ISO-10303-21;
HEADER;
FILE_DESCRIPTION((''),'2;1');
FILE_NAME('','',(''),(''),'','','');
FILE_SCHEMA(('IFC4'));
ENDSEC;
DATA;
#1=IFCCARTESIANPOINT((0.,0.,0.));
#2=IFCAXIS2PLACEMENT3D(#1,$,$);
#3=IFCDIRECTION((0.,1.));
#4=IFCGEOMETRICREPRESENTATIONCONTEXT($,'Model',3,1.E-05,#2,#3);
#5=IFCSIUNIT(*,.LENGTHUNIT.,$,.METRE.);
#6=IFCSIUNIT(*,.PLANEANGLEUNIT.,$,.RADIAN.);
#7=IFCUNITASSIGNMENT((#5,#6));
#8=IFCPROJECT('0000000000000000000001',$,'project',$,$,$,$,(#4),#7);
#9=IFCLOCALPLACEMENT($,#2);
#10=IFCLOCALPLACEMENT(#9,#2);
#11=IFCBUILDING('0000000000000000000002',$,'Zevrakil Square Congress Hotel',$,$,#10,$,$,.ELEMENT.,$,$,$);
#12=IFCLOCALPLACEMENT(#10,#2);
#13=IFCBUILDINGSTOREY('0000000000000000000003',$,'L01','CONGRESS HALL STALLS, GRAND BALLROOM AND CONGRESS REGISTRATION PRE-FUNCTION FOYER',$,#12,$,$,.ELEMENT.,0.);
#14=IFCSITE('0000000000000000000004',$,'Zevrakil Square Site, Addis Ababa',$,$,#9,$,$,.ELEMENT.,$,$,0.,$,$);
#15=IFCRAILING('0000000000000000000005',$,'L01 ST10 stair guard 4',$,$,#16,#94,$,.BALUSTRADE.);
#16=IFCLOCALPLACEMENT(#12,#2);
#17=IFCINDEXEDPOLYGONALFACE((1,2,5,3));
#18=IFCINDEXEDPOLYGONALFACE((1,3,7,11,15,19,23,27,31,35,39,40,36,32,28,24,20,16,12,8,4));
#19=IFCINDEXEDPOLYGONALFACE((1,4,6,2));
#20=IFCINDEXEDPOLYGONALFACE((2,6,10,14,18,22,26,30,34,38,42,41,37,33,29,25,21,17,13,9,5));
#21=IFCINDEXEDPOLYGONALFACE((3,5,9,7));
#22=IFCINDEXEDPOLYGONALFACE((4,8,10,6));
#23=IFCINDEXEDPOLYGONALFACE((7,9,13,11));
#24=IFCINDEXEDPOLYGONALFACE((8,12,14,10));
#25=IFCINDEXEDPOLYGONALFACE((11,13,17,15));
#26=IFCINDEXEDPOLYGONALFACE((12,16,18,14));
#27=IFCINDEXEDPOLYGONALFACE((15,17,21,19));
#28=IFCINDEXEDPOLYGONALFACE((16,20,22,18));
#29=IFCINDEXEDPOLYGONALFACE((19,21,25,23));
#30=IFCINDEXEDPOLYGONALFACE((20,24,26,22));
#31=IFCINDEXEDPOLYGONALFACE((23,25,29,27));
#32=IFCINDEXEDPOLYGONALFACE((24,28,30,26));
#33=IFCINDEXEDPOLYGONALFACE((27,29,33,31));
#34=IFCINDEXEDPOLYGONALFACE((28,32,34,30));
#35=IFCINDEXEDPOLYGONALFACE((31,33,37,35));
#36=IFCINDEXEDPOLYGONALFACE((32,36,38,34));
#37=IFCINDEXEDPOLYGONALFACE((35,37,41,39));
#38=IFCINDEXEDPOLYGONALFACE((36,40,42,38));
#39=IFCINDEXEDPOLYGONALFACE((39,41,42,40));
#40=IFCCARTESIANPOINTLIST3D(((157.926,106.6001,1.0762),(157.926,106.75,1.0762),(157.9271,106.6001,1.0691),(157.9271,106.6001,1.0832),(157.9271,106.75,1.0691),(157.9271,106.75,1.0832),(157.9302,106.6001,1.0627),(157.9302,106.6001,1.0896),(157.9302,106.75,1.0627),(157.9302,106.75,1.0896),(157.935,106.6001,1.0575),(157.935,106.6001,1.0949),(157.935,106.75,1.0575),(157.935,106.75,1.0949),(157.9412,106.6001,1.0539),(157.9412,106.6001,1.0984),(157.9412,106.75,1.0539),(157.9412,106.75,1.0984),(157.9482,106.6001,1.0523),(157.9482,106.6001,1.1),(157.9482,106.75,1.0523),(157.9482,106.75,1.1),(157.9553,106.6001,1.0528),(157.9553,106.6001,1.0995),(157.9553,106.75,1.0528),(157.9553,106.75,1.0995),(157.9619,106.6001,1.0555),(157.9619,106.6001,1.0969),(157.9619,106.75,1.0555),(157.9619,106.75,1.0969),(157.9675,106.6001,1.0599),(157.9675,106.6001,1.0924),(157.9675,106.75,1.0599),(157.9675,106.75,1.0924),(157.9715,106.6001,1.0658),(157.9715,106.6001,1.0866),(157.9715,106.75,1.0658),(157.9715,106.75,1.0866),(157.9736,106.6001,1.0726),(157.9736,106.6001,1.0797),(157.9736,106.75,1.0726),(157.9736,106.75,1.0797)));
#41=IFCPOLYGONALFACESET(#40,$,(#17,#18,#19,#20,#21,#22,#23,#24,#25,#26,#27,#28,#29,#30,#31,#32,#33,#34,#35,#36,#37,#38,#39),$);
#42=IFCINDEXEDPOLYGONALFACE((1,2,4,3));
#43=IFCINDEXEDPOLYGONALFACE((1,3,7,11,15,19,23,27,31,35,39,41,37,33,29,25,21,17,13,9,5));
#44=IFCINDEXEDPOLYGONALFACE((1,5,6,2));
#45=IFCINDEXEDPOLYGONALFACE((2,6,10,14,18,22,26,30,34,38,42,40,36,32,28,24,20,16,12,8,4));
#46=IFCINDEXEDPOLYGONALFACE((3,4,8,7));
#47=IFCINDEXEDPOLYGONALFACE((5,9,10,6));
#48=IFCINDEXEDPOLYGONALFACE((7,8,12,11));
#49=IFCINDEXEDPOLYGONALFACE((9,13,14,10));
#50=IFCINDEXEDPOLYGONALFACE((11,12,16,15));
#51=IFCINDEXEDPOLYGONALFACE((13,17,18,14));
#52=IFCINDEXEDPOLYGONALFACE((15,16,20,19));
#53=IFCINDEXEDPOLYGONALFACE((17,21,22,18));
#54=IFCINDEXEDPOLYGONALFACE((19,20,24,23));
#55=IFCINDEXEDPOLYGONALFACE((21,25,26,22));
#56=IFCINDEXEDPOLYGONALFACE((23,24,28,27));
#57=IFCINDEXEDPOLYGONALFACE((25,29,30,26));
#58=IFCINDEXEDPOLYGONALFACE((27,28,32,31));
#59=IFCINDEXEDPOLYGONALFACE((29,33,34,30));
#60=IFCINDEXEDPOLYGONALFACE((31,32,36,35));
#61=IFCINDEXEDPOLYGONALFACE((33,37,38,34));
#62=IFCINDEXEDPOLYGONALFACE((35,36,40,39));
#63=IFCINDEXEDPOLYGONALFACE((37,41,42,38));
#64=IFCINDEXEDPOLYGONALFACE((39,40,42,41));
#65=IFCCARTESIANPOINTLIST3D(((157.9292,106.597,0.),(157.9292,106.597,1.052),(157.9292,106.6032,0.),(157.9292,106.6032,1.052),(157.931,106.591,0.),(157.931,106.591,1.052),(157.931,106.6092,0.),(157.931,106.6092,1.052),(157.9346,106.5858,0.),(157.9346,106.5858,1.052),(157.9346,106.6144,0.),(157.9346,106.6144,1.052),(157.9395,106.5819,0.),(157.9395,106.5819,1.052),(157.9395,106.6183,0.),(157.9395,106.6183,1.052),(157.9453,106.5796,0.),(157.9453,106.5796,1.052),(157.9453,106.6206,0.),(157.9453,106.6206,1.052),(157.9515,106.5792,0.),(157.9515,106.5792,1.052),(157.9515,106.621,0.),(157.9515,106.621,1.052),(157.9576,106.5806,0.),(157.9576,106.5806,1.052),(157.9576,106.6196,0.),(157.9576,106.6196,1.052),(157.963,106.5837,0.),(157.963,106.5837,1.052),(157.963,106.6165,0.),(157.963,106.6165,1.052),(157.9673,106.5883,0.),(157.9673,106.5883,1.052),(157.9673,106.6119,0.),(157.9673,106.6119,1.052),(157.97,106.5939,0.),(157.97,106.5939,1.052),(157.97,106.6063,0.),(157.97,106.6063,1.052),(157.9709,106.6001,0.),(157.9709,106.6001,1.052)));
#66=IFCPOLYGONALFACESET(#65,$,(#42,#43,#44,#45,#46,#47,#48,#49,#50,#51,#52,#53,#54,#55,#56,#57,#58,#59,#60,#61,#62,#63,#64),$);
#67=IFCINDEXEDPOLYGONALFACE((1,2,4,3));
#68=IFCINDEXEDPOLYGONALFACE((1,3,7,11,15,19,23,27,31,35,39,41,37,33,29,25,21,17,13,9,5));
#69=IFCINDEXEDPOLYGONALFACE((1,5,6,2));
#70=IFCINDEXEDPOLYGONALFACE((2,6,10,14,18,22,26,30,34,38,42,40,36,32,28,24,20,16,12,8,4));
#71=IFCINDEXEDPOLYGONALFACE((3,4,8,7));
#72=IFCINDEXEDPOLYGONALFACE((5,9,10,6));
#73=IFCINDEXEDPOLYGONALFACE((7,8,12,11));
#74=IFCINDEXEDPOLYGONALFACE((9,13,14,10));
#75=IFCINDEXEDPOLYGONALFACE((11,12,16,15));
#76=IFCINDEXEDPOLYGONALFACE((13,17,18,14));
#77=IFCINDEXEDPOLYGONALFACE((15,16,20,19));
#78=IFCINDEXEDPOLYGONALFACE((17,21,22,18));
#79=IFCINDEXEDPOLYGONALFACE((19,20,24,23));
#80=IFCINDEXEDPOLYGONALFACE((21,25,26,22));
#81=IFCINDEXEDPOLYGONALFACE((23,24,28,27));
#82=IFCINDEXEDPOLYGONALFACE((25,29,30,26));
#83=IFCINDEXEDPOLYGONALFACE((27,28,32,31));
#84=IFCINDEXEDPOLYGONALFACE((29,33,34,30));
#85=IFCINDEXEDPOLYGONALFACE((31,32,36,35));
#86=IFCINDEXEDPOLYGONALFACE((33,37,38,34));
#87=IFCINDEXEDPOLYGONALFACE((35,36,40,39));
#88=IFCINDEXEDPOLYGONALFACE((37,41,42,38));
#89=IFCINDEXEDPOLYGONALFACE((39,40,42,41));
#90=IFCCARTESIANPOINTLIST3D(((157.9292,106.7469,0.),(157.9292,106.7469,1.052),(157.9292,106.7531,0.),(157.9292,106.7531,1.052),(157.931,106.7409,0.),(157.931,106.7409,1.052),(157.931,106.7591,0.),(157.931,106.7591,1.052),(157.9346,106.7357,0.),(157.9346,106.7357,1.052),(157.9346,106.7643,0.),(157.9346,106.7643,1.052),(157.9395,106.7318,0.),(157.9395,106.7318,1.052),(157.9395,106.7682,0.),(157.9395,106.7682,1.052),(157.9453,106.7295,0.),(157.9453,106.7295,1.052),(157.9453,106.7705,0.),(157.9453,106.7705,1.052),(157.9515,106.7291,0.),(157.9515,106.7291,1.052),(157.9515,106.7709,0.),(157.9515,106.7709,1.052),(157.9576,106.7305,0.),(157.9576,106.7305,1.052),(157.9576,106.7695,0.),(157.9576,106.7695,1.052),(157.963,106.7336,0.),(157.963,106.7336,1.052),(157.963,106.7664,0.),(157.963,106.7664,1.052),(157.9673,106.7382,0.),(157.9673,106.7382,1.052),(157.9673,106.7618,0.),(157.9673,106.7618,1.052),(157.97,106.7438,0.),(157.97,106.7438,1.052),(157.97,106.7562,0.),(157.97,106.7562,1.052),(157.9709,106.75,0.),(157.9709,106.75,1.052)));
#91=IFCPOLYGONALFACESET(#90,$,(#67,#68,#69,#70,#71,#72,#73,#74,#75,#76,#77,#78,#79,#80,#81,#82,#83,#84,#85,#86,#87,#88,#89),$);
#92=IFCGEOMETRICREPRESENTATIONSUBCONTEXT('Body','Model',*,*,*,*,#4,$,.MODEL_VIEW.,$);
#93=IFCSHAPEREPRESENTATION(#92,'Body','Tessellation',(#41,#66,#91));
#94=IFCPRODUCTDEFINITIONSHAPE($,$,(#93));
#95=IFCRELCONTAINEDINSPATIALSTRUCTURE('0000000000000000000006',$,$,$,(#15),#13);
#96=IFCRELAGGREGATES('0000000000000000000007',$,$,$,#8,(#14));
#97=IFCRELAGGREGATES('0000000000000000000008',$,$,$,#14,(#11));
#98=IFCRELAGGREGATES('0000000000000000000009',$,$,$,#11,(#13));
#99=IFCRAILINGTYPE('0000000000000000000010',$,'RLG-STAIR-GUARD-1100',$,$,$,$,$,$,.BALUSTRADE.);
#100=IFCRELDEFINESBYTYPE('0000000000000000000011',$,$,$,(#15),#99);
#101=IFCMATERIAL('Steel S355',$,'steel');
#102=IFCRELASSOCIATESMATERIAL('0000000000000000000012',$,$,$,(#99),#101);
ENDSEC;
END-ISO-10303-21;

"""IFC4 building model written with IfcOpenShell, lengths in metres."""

from ifc_helpers import new_model, si_unit, direction, frame, origin, origin_2d, place, context, subcontext, project, spatial, circle, extrude, material, type_object, element, save


model = new_model("IFC4")

# Units and contexts
model_context = context("Model", 3, precision=1e-05, world=origin(), true_north=direction((0.0, 1.0)))
body_context = subcontext(model_context, "Body", "Model", "MODEL_VIEW")
ifc_project = project(units=[si_unit("LENGTHUNIT", "METRE"), si_unit("PLANEANGLEUNIT", "RADIAN")], contexts=[model_context])

# Site, building, storey
site_placement = place(None, origin())
site = spatial("IfcSite", under=ifc_project, at=site_placement, Name="Zevrakil Square Site, Addis Ababa", CompositionType="ELEMENT", RefElevation=0.0)
building_placement = place(site_placement, origin())
building = spatial("IfcBuilding", under=site, at=building_placement, Name="Zevrakil Square Congress Hotel", CompositionType="ELEMENT")
storey_placement = place(building_placement, origin())
storey = spatial("IfcBuildingStorey", under=building, at=storey_placement, Name="L01", Description="CONGRESS HALL STALLS, GRAND BALLROOM AND CONGRESS REGISTRATION PRE-FUNCTION FOYER", CompositionType="ELEMENT", Elevation=0.0)

# Railing
ifc_material_1 = material(Name="Steel S355", Category="steel")
railing_type_1 = type_object("IfcRailingType", Name="RLG-STAIR-GUARD-1100", PredefinedType="BALUSTRADE", material=ifc_material_1)
railing_1_placement = place(storey_placement, frame((157.95, 106.6001, 0.0)))
element("IfcRailing", 1, at=railing_1_placement, inside=storey, type_object=railing_type_1, Name="L01 ST10 stair guard 4", PredefinedType="BALUSTRADE", context=body_context, shape_type="SweptSolid", body=[
    extrude(circle(Radius=0.0239, at=origin_2d()), frame((0.0, 0.0, 1.0762), z_axis=(0.0, 1.0, 0.0), x_axis=(-1.0, 0.0, 0.0)), (0.0, 0.0, 1.0), 0.1499),
    extrude(circle(Radius=0.021, at=origin_2d()), origin(), (0.0, 0.0, 1.0), 1.052),
    extrude(circle(Radius=0.021, at=origin_2d()), frame((0.0, 0.1499, 0.0)), (0.0, 0.0, 1.0), 1.052),
])

save(model, "model.ifc")
